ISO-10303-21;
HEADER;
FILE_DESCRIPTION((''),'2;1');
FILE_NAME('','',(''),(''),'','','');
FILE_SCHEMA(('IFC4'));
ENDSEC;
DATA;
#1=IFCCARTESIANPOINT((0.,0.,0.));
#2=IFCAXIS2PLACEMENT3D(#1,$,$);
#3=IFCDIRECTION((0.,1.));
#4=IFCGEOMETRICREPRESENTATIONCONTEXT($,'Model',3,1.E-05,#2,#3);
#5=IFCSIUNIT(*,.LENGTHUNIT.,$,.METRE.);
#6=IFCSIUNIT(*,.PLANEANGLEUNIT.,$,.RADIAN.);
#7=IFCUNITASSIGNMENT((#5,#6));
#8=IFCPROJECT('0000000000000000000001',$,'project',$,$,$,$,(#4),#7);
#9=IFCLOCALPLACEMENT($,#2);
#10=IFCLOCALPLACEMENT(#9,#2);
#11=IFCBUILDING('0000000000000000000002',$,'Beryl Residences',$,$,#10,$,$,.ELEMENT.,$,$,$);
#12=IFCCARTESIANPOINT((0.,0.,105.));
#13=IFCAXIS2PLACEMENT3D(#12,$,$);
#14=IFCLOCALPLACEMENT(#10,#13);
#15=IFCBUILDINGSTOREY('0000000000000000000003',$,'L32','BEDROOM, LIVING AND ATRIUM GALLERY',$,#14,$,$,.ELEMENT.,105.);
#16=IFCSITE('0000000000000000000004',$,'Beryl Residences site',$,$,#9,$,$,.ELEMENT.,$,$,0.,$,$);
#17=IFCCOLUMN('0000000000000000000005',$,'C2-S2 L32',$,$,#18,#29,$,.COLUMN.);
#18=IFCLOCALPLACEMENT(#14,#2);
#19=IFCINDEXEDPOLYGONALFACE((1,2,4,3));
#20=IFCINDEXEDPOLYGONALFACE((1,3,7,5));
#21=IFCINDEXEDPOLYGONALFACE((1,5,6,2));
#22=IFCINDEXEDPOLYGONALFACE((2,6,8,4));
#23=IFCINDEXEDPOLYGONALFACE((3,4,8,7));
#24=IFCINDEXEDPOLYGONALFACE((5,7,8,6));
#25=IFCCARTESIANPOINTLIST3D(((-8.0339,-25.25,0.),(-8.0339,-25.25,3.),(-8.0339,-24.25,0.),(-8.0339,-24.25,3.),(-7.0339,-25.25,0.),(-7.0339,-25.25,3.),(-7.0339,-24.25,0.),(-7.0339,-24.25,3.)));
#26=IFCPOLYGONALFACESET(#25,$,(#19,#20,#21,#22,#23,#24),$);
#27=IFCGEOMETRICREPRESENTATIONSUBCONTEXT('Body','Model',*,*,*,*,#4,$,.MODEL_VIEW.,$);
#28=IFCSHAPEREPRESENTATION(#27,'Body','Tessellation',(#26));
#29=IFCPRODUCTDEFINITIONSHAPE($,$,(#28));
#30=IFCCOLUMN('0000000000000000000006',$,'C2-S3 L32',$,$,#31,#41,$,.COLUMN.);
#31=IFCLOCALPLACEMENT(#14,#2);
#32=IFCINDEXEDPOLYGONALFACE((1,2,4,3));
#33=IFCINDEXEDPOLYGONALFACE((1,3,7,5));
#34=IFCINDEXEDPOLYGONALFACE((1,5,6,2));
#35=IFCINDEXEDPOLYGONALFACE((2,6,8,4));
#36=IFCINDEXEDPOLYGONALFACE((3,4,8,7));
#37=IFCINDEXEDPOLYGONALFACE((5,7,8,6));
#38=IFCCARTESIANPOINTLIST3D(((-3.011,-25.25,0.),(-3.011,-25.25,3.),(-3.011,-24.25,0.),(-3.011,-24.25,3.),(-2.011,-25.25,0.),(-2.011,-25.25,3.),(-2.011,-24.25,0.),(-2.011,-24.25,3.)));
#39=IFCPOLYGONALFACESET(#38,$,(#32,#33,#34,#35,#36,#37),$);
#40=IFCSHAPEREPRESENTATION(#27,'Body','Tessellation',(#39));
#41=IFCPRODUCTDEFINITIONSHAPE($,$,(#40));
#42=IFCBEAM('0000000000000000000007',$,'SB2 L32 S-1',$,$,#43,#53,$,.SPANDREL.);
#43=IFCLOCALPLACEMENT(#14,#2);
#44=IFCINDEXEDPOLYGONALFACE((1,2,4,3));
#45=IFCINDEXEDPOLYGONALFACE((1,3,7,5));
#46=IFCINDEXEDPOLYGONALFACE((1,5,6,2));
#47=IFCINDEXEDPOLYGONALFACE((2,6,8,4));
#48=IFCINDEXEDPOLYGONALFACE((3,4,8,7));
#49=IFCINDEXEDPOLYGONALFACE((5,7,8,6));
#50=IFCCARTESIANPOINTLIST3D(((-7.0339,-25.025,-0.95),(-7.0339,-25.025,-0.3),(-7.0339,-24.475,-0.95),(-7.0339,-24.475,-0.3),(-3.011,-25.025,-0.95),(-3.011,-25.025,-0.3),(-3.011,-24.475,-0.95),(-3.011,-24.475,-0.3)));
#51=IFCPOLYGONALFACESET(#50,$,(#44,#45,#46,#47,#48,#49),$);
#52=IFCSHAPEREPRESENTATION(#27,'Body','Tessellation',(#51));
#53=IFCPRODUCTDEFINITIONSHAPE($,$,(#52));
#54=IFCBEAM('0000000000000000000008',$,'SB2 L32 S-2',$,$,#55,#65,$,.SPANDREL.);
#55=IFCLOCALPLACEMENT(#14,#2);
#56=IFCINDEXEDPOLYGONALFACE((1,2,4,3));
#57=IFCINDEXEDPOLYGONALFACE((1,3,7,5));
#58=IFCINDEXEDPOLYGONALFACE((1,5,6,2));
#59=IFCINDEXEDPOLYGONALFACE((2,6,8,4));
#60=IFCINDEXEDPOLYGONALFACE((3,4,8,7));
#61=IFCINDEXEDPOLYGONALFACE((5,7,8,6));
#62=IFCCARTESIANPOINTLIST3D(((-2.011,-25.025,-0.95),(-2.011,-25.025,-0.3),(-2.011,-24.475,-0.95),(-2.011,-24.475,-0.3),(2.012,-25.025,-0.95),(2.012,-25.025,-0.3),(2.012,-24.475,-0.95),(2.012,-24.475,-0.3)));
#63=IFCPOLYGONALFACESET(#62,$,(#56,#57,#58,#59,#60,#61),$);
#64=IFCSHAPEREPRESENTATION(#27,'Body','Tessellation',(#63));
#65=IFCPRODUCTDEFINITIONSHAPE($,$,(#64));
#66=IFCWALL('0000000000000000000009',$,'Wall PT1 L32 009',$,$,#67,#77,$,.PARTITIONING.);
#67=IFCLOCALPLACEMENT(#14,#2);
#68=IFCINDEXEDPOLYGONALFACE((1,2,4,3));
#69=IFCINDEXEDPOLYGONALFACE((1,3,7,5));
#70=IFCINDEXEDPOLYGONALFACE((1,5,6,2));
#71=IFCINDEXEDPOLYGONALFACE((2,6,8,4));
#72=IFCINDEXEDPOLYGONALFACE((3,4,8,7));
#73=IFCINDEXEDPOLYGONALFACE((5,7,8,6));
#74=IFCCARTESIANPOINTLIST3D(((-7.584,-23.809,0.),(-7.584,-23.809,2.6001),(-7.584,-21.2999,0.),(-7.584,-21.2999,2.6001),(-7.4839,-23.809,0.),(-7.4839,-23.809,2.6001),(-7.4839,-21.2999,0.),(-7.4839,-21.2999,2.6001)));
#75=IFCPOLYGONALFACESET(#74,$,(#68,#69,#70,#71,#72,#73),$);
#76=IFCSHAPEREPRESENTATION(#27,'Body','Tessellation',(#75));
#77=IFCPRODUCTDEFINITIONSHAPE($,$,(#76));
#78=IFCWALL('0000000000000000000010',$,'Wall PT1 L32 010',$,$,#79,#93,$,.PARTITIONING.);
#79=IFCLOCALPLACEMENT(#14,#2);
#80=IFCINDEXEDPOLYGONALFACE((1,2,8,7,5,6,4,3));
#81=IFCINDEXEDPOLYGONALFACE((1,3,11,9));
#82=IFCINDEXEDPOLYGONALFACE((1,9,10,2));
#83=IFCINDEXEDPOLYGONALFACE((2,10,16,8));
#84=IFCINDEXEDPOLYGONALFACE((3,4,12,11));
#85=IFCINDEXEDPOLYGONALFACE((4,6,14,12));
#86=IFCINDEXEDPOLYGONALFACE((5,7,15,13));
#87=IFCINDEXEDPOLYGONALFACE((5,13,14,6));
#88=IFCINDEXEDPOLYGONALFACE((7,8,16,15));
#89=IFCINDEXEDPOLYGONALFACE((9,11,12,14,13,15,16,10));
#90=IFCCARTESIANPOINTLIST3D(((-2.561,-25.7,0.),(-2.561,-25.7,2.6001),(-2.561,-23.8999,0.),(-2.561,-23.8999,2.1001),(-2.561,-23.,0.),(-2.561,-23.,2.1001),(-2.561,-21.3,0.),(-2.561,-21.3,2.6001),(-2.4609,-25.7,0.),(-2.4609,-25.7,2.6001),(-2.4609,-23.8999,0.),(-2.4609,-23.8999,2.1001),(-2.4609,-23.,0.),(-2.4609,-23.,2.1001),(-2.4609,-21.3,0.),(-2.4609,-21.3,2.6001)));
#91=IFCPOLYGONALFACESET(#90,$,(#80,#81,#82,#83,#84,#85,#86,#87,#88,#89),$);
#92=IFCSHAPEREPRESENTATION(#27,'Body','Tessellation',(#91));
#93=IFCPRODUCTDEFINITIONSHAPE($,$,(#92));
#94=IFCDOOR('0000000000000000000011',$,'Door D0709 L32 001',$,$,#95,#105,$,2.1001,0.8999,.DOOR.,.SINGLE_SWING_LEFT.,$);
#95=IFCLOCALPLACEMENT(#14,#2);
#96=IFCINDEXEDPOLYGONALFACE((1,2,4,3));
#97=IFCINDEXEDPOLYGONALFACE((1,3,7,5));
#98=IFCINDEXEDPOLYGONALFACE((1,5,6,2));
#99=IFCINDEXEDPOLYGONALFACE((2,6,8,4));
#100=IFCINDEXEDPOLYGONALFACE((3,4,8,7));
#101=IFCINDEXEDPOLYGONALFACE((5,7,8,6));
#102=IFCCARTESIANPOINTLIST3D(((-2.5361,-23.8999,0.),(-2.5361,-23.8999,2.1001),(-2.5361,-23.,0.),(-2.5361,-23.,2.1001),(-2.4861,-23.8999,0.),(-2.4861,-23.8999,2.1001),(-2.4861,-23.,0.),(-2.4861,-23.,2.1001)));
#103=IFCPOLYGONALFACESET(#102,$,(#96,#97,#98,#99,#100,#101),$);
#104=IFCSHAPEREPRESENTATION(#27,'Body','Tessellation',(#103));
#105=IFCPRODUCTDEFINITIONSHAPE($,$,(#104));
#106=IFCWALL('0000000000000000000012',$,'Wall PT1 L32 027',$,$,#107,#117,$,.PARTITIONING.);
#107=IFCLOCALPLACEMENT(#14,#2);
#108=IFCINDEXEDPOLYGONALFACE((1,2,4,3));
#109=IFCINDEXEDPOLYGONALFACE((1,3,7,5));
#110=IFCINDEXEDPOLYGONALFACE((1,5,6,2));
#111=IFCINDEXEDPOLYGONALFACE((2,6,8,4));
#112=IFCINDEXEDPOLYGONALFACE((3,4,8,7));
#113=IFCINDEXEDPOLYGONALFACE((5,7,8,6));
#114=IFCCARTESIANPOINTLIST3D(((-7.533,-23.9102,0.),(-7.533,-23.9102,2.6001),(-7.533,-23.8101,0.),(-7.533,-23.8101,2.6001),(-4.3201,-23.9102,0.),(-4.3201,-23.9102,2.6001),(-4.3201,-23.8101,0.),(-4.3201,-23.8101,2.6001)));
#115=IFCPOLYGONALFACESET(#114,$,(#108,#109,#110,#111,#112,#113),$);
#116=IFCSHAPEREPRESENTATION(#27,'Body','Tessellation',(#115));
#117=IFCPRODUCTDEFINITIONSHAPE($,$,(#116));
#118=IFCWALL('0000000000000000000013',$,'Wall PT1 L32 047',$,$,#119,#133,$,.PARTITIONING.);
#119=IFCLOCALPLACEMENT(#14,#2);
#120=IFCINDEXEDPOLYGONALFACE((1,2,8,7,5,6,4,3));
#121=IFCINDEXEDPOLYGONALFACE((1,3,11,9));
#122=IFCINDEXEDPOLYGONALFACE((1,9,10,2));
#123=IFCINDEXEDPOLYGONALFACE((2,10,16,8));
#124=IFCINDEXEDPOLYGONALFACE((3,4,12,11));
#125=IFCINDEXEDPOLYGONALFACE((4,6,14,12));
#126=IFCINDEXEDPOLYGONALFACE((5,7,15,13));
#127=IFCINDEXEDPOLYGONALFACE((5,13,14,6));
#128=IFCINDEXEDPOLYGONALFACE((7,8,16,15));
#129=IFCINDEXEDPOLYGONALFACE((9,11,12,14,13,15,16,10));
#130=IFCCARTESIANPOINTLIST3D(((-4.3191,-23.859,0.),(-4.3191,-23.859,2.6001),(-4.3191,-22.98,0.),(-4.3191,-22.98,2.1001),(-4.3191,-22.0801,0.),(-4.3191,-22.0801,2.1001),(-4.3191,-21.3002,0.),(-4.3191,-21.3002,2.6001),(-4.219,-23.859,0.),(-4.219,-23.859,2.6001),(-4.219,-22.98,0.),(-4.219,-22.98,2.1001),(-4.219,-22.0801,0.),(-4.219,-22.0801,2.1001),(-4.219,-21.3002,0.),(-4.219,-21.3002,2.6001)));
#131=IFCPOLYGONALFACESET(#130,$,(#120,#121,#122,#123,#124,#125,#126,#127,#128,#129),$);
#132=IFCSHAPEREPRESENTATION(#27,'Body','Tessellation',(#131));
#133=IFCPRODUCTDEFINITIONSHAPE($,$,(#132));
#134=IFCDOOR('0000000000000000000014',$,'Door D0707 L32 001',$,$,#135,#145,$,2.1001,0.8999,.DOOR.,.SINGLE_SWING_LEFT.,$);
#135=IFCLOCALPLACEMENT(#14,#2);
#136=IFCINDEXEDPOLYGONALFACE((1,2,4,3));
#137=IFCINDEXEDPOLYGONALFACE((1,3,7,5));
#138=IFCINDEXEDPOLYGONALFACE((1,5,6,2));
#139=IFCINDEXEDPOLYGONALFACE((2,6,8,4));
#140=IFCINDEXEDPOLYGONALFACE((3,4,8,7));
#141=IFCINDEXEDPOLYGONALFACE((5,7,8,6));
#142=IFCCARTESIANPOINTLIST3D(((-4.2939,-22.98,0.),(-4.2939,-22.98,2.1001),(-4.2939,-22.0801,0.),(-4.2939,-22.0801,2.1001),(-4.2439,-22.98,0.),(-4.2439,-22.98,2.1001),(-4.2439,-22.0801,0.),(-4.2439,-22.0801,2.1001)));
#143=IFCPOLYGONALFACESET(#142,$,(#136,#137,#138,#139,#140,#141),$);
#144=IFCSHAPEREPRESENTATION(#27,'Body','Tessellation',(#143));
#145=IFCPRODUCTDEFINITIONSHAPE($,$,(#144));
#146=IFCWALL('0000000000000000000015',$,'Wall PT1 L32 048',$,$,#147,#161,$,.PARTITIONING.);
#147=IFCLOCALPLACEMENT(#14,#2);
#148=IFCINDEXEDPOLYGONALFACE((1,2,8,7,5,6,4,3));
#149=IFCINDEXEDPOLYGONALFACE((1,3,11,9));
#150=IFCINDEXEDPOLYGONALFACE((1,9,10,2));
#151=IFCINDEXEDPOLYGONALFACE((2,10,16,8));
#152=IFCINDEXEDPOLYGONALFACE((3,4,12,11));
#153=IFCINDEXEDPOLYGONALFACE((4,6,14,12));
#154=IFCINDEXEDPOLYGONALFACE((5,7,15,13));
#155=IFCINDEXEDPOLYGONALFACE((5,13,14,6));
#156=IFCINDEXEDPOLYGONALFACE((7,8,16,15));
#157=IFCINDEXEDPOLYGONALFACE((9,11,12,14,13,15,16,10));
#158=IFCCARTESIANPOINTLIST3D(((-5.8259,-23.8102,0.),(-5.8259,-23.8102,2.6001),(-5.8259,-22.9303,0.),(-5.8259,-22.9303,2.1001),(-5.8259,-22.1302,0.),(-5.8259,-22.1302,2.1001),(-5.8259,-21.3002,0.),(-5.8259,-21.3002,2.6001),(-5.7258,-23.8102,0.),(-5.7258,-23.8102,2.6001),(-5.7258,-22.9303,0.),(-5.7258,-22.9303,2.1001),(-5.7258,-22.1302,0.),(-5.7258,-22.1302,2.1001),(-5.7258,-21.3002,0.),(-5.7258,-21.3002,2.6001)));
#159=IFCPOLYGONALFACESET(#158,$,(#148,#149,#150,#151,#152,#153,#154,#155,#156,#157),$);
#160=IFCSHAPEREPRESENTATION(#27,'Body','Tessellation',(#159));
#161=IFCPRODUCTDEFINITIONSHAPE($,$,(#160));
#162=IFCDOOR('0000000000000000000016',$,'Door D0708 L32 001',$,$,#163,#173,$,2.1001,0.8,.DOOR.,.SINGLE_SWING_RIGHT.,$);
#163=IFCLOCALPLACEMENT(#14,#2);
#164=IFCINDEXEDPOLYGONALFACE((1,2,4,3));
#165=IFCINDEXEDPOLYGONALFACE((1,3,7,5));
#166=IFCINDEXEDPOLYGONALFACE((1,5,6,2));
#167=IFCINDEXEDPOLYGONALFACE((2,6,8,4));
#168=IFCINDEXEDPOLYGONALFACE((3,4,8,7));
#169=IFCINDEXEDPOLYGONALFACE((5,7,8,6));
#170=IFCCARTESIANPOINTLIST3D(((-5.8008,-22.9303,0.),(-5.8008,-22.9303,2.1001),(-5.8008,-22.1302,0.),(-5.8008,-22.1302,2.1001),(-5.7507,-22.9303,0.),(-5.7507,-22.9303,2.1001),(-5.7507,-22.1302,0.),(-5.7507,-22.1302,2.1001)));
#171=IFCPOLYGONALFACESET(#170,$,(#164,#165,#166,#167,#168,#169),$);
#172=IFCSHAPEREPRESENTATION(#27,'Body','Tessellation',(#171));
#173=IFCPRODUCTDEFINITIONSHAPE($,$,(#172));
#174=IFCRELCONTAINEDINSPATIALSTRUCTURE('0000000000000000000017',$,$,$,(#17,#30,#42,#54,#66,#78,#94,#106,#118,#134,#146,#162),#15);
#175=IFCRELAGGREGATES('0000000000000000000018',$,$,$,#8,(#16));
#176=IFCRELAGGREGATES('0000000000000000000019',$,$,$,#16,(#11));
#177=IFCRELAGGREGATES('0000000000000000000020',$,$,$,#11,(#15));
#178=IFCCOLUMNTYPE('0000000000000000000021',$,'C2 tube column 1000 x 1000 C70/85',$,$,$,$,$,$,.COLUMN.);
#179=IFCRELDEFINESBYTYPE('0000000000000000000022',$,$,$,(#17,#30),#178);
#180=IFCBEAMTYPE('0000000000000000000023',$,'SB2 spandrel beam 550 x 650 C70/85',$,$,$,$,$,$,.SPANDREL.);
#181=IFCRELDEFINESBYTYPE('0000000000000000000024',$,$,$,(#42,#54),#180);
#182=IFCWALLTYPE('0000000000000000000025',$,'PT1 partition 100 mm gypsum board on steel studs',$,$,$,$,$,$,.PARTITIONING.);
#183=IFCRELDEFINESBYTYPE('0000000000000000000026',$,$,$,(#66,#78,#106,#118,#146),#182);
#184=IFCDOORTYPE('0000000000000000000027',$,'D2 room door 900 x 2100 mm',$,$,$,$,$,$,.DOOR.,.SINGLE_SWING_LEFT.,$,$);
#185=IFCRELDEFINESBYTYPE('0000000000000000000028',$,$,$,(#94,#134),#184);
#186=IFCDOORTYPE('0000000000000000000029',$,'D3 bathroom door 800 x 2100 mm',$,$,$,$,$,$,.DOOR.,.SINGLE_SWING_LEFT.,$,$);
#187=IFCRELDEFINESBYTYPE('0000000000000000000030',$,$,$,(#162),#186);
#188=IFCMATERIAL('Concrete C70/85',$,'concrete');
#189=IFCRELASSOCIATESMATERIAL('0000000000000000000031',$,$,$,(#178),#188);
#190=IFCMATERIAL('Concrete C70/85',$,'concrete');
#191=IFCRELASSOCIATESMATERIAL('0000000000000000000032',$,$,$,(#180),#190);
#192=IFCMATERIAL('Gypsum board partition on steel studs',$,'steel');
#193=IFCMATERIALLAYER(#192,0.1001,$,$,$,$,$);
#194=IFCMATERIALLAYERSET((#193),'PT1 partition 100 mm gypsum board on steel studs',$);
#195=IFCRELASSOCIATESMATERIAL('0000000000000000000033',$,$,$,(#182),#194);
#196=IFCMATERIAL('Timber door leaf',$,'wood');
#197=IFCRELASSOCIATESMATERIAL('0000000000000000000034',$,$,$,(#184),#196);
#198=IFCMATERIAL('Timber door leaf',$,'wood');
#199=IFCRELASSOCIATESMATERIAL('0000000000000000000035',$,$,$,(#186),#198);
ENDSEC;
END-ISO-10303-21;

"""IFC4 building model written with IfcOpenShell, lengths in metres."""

from ifc_helpers import new_model, si_unit, direction, frame, frame_2d, origin, origin_2d, place, context, subcontext, project, spatial, rectangle, extrude, material, layer, layer_set, material_profile, profile_set, type_object, element, fill, save


model = new_model("IFC4")

# Units and contexts
model_context = context("Model", 3, precision=1e-05, world=origin(), true_north=direction((0.0, 1.0)))
body_context = subcontext(model_context, "Body", "Model", "MODEL_VIEW")
ifc_project = project(units=[si_unit("LENGTHUNIT", "METRE"), si_unit("PLANEANGLEUNIT", "RADIAN")], contexts=[model_context])

# Site, building, storey
site_placement = place(None, origin())
site = spatial("IfcSite", under=ifc_project, at=site_placement, Name="Beryl Residences site", CompositionType="ELEMENT", RefElevation=0.0)
building_placement = place(site_placement, origin())
building = spatial("IfcBuilding", under=site, at=building_placement, Name="Beryl Residences", CompositionType="ELEMENT")
storey_placement = place(building_placement, frame((0.0, 0.0, 105.0)))
storey = spatial("IfcBuildingStorey", under=building, at=storey_placement, Name="L32", Description="BEDROOM, LIVING AND ATRIUM GALLERY", CompositionType="ELEMENT", Elevation=105.0)

# Columns
ifc_material_1 = material(Name="Concrete C70/85", Category="concrete")
ifc_material_profile_1 = material_profile(ifc_material_1, rectangle(XDim=1.0, YDim=1.0, at=origin_2d()))
ifc_profile_set_1 = profile_set([ifc_material_profile_1], Name="Concrete C70/85")
column_type = type_object("IfcColumnType", Name="C2 tube column 1000 x 1000 C70/85", PredefinedType="COLUMN", material=ifc_profile_set_1)
for number, where, z_axis, x_axis, name in (
    (1, (-7.5339, -24.75, 0.0), (0.0, 0.0, 1.0), (1.0, 0.0, 0.0), "C2-S2 L32"),
    (2, (-2.511, -24.75, 0.0), (0.0, 0.0, 1.0), (1.0, 0.0, 0.0), "C2-S3 L32"),
):
    element("IfcColumn", number, at=place(storey_placement, frame(where, z_axis=z_axis, x_axis=x_axis)), inside=storey, type_object=column_type, Name=name, PredefinedType="COLUMN", context=body_context, shape_type="SweptSolid", body=[
        extrude(rectangle(XDim=1.0, YDim=1.0, at=origin_2d()), origin(), (0.0, 0.0, 1.0), 3.0),
    ])

# Beams
ifc_material_2 = material(Name="Concrete C70/85", Category="concrete")
ifc_material_profile_2 = material_profile(ifc_material_2, rectangle(XDim=0.55, YDim=0.6499, at=origin_2d()))
ifc_profile_set_2 = profile_set([ifc_material_profile_2], Name="Concrete C70/85")
beam_type = type_object("IfcBeamType", Name="SB2 spandrel beam 550 x 650 C70/85", PredefinedType="SPANDREL", material=ifc_profile_set_2)
for number, where, z_axis, x_axis, name in (
    (3, (-7.0339, -24.75, -0.625), (1.0, 0.0, 0.0), (0.0, 1.0, 0.0), "SB2 L32 S-1"),
    (4, (-2.011, -24.75, -0.625), (1.0, 0.0, 0.0), (0.0, 1.0, 0.0), "SB2 L32 S-2"),
):
    element("IfcBeam", number, at=place(storey_placement, frame(where, z_axis=z_axis, x_axis=x_axis)), inside=storey, type_object=beam_type, Name=name, PredefinedType="SPANDREL", context=body_context, shape_type="SweptSolid", body=[
        extrude(rectangle(XDim=0.55, YDim=0.6499, at=origin_2d()), origin(), (0.0, 0.0, 1.0), 4.0229),
    ])

# Wall
ifc_material_3 = material(Name="Gypsum board partition on steel studs", Category="steel")
ifc_layer_1 = layer(ifc_material_3, 0.1001)
ifc_layer_set_1 = layer_set([ifc_layer_1], Name="PT1 partition 100 mm gypsum board on steel studs")
wall_type_1 = type_object("IfcWallType", Name="PT1 partition 100 mm gypsum board on steel studs", PredefinedType="PARTITIONING", material=ifc_layer_set_1)
wall_1_placement = place(storey_placement, frame((-7.5339, -21.3, 0.0), z_axis=(0.0, 0.0, 1.0), x_axis=(0.0, -1.0, 0.0)))
element("IfcWall", 5, at=wall_1_placement, inside=storey, type_object=wall_type_1, Name="Wall PT1 L32 009", PredefinedType="PARTITIONING", context=body_context, shape_type="SweptSolid", body=[
    extrude(rectangle(XDim=2.509, YDim=0.1001, at=frame_2d((1.2544, 0.0))), origin(), (0.0, 0.0, 1.0), 2.6001),
])

# Wall, opening, door
wall_2_placement = place(storey_placement, frame((-2.511, -21.3, 0.0), z_axis=(0.0, 0.0, 1.0), x_axis=(0.0, -1.0, 0.0)))
wall_2 = element("IfcWall", 6, at=wall_2_placement, inside=storey, type_object=wall_type_1, Name="Wall PT1 L32 010", PredefinedType="PARTITIONING", context=body_context, shape_type="SweptSolid", body=[
    extrude(rectangle(XDim=4.3999, YDim=0.1001, at=frame_2d((2.2, 0.0))), origin(), (0.0, 0.0, 1.0), 2.6001),
])
opening_1_placement = place(wall_2_placement, frame((1.7, 0.0, 0.0)))
opening_1 = element("IfcOpeningElement", 7, at=opening_1_placement, cuts=wall_2, PredefinedType="OPENING", context=body_context, shape_type="SweptSolid", body=[
    extrude(rectangle(XDim=0.8999, YDim=2.1001, at=frame_2d((0.45, 1.05))), frame((0.0, 0.0601, 0.0), z_axis=(0.0, -1.0, 0.0), x_axis=(1.0, 0.0, 0.0)), (0.0, 0.0, 1.0), 0.1201),
])
ifc_material_4 = material(Name="Timber door leaf", Category="wood")
door_type_1 = type_object("IfcDoorType", Name="D2 room door 900 x 2100 mm", OperationType="SINGLE_SWING_LEFT", PredefinedType="DOOR", material=ifc_material_4)
door_1_placement = place(opening_1_placement, origin())
door_1 = element("IfcDoor", 8, at=door_1_placement, inside=storey, type_object=door_type_1, Name="Door D0709 L32 001", OperationType="SINGLE_SWING_LEFT", OverallHeight=2.1001, OverallWidth=0.8999, PredefinedType="DOOR", context=body_context, shape_type="SweptSolid", body=[
    extrude(rectangle(XDim=0.8999, YDim=2.1001, at=frame_2d((0.45, 1.05))), frame((0.0, 0.0249, 0.0), z_axis=(0.0, -1.0, 0.0), x_axis=(1.0, 0.0, 0.0)), (0.0, 0.0, 1.0), 0.05),
])
fill(opening_1, door_1)

# Wall
wall_3_placement = place(storey_placement, frame((-7.533, -23.8601, 0.0), z_axis=(0.0, 0.0, 1.0), x_axis=(1.0, 0.0, 0.0)))
element("IfcWall", 9, at=wall_3_placement, inside=storey, type_object=wall_type_1, Name="Wall PT1 L32 027", PredefinedType="PARTITIONING", context=body_context, shape_type="SweptSolid", body=[
    extrude(rectangle(XDim=3.2129, YDim=0.1001, at=frame_2d((1.6064, 0.0))), origin(), (0.0, 0.0, 1.0), 2.6001),
])

# Walls, openings, doors
wall_4_placement = place(storey_placement, frame((-4.269, -23.8589, 0.0), z_axis=(0.0, 0.0, 1.0), x_axis=(0.0, 1.0, 0.0)))
wall_4 = element("IfcWall", 10, at=wall_4_placement, inside=storey, type_object=wall_type_1, Name="Wall PT1 L32 047", PredefinedType="PARTITIONING", context=body_context, shape_type="SweptSolid", body=[
    extrude(rectangle(XDim=2.5588, YDim=0.1001, at=frame_2d((1.2793, 0.0))), origin(), (0.0, 0.0, 1.0), 2.6001),
])
opening_2_placement = place(wall_4_placement, frame((0.8789, 0.0, 0.0)))
opening_2 = element("IfcOpeningElement", 11, at=opening_2_placement, cuts=wall_4, PredefinedType="OPENING", context=body_context, shape_type="SweptSolid", body=[
    extrude(rectangle(XDim=0.8999, YDim=2.1001, at=frame_2d((0.45, 1.05))), frame((0.0, 0.0601, 0.0), z_axis=(0.0, -1.0, 0.0), x_axis=(1.0, 0.0, 0.0)), (0.0, 0.0, 1.0), 0.1201),
])
door_2_placement = place(opening_2_placement, origin())
door_2 = element("IfcDoor", 12, at=door_2_placement, inside=storey, type_object=door_type_1, Name="Door D0707 L32 001", OperationType="SINGLE_SWING_LEFT", OverallHeight=2.1001, OverallWidth=0.8999, PredefinedType="DOOR", context=body_context, shape_type="SweptSolid", body=[
    extrude(rectangle(XDim=0.8999, YDim=2.1001, at=frame_2d((0.45, 1.05))), frame((0.0, 0.0249, 0.0), z_axis=(0.0, -1.0, 0.0), x_axis=(1.0, 0.0, 0.0)), (0.0, 0.0, 1.0), 0.05),
])
fill(opening_2, door_2)
wall_5_placement = place(storey_placement, frame((-5.7759, -23.8101, 0.0), z_axis=(0.0, 0.0, 1.0), x_axis=(0.0, 1.0, 0.0)))
wall_5 = element("IfcWall", 13, at=wall_5_placement, inside=storey, type_object=wall_type_1, Name="Wall PT1 L32 048", PredefinedType="PARTITIONING", context=body_context, shape_type="SweptSolid", body=[
    extrude(rectangle(XDim=2.51, YDim=0.1001, at=frame_2d((1.2549, 0.0))), origin(), (0.0, 0.0, 1.0), 2.6001),
])
opening_3_placement = place(wall_5_placement, frame((0.8799, 0.0, 0.0)))
opening_3 = element("IfcOpeningElement", 14, at=opening_3_placement, cuts=wall_5, PredefinedType="OPENING", context=body_context, shape_type="SweptSolid", body=[
    extrude(rectangle(XDim=0.8, YDim=2.1001, at=frame_2d((0.3999, 1.05))), frame((0.0, 0.0601, 0.0), z_axis=(0.0, -1.0, 0.0), x_axis=(1.0, 0.0, 0.0)), (0.0, 0.0, 1.0), 0.1201),
])
ifc_material_5 = material(Name="Timber door leaf", Category="wood")
door_type_2 = type_object("IfcDoorType", Name="D3 bathroom door 800 x 2100 mm", OperationType="SINGLE_SWING_LEFT", PredefinedType="DOOR", material=ifc_material_5)
door_3_placement = place(opening_3_placement, origin())
door_3 = element("IfcDoor", 15, at=door_3_placement, inside=storey, type_object=door_type_2, Name="Door D0708 L32 001", OperationType="SINGLE_SWING_RIGHT", OverallHeight=2.1001, OverallWidth=0.8, PredefinedType="DOOR", context=body_context, shape_type="SweptSolid", body=[
    extrude(rectangle(XDim=0.8, YDim=2.1001, at=frame_2d((0.3999, 1.05))), frame((0.0, 0.0249, 0.0), z_axis=(0.0, -1.0, 0.0), x_axis=(1.0, 0.0, 0.0)), (0.0, 0.0, 1.0), 0.05),
])
fill(opening_3, door_3)

save(model, "model.ifc")
